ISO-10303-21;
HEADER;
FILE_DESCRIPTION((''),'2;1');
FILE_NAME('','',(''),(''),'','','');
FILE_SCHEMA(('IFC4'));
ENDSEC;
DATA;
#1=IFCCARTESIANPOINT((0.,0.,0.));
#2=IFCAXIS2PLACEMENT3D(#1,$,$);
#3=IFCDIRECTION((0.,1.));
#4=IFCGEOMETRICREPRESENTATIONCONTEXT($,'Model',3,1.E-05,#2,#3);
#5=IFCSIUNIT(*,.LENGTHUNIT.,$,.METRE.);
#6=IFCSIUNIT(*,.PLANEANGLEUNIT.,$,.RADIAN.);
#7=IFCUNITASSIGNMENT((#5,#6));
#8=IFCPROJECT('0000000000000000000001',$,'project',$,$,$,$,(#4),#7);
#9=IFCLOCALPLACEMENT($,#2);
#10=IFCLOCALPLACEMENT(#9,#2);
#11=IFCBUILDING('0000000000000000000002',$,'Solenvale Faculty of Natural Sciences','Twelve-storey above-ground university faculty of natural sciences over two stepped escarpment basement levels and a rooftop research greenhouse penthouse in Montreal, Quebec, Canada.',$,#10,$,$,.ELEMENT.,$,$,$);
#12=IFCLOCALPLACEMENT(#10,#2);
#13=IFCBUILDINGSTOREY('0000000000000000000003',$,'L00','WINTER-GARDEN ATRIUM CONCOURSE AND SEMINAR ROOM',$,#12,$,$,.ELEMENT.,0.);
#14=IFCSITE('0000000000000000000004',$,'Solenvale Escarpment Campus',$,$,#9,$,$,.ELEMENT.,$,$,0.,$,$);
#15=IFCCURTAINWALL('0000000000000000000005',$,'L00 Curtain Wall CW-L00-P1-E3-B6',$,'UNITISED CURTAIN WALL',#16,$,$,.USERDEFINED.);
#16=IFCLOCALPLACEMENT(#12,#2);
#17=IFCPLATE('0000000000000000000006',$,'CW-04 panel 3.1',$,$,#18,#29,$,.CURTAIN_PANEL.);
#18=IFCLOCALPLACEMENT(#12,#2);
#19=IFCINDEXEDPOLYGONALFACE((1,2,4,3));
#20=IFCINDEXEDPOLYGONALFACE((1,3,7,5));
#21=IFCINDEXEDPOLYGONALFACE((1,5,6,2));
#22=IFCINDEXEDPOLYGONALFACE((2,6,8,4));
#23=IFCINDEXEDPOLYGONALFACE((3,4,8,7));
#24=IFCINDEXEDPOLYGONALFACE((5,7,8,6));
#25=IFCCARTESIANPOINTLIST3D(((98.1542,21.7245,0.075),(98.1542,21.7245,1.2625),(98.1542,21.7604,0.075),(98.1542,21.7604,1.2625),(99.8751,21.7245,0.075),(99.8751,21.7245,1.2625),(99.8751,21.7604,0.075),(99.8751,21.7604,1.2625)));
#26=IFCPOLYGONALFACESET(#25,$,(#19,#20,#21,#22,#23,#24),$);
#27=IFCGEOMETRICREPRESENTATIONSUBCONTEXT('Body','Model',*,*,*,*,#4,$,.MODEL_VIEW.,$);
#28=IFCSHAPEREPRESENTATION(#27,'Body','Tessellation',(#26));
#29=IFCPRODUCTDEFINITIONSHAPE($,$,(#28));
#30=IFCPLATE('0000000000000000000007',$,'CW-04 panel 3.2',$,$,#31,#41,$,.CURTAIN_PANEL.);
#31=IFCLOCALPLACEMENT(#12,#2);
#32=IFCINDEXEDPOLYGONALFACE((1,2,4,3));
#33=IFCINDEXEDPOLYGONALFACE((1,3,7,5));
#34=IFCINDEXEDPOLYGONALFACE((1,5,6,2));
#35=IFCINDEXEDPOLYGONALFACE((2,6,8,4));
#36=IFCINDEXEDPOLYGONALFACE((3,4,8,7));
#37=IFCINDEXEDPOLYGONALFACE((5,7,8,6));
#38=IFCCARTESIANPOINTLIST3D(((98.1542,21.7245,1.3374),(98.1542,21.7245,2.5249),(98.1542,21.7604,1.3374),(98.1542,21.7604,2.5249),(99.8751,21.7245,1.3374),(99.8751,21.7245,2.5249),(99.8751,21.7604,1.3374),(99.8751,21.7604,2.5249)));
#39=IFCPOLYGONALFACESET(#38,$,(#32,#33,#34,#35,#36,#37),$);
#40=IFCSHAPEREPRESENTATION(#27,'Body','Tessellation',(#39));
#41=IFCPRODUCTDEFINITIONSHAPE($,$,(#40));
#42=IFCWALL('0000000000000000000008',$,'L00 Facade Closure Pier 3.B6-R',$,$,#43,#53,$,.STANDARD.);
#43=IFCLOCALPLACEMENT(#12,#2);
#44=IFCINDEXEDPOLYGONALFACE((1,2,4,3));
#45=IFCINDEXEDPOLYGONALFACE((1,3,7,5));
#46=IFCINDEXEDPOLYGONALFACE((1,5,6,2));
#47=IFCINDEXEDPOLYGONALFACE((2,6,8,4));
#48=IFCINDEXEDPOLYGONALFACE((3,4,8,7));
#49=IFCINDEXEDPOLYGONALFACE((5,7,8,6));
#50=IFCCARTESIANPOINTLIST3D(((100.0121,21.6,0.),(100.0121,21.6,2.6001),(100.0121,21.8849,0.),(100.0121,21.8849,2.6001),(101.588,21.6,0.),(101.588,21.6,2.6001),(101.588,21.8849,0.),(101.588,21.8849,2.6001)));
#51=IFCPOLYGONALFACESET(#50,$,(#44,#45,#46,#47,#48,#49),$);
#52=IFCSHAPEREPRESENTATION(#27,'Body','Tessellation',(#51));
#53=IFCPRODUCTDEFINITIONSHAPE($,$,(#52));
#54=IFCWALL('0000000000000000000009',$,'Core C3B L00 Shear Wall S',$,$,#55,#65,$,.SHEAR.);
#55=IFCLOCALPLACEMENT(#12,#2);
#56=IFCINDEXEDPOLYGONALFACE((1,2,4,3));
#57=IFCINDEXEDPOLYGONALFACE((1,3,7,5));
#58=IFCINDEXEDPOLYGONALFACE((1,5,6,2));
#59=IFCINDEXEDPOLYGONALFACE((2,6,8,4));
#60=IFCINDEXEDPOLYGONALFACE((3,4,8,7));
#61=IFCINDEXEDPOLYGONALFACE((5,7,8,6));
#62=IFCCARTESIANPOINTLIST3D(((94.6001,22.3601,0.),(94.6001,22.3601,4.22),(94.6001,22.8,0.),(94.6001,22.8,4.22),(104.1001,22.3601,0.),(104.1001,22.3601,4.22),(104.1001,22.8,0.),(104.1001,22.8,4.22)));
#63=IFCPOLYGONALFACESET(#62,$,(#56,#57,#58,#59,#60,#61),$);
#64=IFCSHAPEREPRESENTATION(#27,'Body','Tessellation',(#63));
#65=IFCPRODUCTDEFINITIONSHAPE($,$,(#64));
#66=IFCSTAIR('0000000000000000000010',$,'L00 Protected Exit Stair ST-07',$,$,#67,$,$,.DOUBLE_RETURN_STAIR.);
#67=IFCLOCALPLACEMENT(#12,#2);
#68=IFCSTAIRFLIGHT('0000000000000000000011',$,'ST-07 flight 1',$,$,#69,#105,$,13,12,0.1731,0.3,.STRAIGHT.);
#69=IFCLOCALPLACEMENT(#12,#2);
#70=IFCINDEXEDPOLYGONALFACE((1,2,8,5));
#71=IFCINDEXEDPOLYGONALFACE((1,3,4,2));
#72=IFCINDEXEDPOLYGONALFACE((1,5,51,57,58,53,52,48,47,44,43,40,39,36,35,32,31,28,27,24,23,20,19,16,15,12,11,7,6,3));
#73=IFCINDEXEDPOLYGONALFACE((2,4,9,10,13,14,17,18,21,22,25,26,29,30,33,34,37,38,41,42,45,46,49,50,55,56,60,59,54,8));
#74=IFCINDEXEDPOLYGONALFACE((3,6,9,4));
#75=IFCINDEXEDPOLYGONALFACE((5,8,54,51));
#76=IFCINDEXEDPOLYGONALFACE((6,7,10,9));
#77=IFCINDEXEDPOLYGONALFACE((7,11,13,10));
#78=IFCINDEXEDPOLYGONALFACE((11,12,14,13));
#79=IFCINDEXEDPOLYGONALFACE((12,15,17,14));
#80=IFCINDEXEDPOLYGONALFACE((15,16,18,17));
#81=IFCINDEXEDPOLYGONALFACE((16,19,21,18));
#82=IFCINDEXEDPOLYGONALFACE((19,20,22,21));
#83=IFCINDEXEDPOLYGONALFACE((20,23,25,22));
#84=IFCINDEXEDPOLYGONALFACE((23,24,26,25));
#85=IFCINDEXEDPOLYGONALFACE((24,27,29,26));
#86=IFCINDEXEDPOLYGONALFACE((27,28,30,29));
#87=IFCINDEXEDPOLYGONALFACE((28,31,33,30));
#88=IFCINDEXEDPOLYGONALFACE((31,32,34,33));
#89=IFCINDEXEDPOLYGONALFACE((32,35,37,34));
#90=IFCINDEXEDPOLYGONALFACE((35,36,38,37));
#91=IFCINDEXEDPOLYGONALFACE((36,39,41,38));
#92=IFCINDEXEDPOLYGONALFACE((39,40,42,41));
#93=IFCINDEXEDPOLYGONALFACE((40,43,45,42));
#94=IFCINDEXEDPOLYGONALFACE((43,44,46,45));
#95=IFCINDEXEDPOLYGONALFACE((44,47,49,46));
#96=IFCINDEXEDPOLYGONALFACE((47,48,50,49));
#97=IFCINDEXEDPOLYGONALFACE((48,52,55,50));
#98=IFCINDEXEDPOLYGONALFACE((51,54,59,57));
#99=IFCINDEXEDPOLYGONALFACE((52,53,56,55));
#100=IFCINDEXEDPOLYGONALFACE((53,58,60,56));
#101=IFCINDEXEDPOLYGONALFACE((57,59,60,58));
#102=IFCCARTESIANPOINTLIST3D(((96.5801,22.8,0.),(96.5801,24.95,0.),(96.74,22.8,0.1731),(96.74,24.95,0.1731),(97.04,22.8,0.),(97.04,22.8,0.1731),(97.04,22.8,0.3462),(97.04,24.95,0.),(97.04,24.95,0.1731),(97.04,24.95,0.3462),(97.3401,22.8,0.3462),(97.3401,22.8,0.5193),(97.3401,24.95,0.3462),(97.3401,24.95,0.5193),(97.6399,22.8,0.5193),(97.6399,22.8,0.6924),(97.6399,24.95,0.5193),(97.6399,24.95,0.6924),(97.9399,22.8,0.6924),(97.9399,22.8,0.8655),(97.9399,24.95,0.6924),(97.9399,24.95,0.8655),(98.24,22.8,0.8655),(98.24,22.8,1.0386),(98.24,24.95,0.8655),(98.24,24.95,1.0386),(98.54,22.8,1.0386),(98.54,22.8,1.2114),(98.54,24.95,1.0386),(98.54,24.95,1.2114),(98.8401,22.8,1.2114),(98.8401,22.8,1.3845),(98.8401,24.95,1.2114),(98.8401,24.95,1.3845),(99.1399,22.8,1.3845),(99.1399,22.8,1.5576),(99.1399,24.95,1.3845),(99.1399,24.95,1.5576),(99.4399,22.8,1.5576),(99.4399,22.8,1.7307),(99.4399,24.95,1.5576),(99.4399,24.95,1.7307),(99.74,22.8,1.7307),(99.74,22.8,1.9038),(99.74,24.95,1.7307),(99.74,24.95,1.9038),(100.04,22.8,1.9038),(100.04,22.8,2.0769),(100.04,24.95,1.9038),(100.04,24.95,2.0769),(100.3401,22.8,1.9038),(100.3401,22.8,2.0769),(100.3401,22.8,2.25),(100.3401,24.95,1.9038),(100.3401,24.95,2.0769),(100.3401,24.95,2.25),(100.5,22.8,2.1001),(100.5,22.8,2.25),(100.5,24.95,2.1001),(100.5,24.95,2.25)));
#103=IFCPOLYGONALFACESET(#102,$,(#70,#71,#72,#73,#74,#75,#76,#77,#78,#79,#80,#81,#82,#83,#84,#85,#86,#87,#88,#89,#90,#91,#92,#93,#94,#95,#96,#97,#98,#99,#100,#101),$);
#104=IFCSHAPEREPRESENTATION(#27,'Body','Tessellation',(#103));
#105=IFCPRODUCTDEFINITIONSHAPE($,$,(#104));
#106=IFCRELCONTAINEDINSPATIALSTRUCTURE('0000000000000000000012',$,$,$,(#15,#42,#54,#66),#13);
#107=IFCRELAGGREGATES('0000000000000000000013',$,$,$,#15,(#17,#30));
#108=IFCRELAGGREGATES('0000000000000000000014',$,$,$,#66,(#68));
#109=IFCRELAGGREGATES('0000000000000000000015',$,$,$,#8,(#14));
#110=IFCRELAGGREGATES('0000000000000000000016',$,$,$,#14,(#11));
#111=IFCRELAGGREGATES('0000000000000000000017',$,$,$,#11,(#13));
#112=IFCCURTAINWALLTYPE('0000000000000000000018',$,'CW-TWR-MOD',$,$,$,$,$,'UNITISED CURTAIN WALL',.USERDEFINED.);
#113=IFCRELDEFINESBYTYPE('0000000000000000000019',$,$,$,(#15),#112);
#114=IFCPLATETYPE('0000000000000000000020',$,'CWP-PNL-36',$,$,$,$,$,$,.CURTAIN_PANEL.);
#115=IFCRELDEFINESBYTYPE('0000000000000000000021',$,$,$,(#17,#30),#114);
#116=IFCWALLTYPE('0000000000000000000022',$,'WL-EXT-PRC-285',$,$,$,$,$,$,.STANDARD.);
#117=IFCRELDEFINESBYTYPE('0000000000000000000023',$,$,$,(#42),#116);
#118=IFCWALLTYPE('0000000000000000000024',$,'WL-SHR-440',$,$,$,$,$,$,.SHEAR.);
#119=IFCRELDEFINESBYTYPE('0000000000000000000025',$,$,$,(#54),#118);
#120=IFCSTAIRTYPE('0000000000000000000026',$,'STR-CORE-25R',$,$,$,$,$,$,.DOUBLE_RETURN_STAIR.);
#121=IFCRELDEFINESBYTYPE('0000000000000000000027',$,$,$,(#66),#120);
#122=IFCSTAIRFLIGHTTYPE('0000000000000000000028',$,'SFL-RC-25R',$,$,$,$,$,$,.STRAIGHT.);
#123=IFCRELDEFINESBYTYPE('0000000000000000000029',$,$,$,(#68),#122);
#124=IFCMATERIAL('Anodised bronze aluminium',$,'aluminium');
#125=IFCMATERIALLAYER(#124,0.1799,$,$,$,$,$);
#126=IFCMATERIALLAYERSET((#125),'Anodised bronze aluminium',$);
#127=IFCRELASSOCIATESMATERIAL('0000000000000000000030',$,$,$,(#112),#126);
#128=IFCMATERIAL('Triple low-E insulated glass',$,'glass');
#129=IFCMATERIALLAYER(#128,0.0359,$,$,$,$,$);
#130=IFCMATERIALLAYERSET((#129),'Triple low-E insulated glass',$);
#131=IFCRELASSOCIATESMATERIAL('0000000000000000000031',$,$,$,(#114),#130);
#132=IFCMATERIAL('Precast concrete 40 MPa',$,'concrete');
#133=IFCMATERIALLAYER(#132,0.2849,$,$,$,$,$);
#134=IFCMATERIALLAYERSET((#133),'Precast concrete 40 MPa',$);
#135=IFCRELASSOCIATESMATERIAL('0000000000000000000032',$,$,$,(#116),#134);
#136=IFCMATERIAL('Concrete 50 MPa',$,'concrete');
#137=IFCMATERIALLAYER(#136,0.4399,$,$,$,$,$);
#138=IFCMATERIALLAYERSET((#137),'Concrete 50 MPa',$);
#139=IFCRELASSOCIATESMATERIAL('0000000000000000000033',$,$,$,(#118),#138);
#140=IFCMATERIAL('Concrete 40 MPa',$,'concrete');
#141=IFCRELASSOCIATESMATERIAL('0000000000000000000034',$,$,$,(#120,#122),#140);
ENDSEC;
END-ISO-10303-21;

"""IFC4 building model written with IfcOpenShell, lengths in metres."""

from ifc_helpers import new_model, si_unit, direction, frame, frame_2d, origin, origin_2d, place, context, subcontext, project, spatial, polyline, rectangle, outline, extrude, material, layer, layer_set, type_object, element, aggregate, save


model = new_model("IFC4")

# Units and contexts
model_context = context("Model", 3, precision=1e-05, world=origin(), true_north=direction((0.0, 1.0)))
body_context = subcontext(model_context, "Body", "Model", "MODEL_VIEW")
ifc_project = project(units=[si_unit("LENGTHUNIT", "METRE"), si_unit("PLANEANGLEUNIT", "RADIAN")], contexts=[model_context])

# Site, building, storey
site_placement = place(None, origin())
site = spatial("IfcSite", under=ifc_project, at=site_placement, Name="Solenvale Escarpment Campus", CompositionType="ELEMENT", RefElevation=0.0)
building_placement = place(site_placement, origin())
building = spatial("IfcBuilding", under=site, at=building_placement, Name="Solenvale Faculty of Natural Sciences", Description="Twelve-storey above-ground university faculty of natural sciences over two stepped escarpment basement levels and a rooftop research greenhouse penthouse in Montreal, Quebec, Canada.", CompositionType="ELEMENT")
storey_placement = place(building_placement, origin())
storey = spatial("IfcBuildingStorey", under=building, at=storey_placement, Name="L00", Description="WINTER-GARDEN ATRIUM CONCOURSE AND SEMINAR ROOM", CompositionType="ELEMENT", Elevation=0.0)

# Shared definitions
ifc_material_1 = material(Name="Concrete 50 MPa", Category="concrete")

# Curtain wall, plates
ifc_material_2 = material(Name="Anodised bronze aluminium", Category="aluminium")
ifc_layer_1 = layer(ifc_material_2, 0.1799)
ifc_layer_set_1 = layer_set([ifc_layer_1], Name="Anodised bronze aluminium")
curtain_wall_type = type_object("IfcCurtainWallType", Name="CW-TWR-MOD", ElementType="UNITISED CURTAIN WALL", PredefinedType="USERDEFINED", material=ifc_layer_set_1)
curtain_wall_placement = place(storey_placement, origin())
curtain_wall = element("IfcCurtainWall", 1, at=curtain_wall_placement, inside=storey, type_object=curtain_wall_type, Name="L00 Curtain Wall CW-L00-P1-E3-B6", ObjectType="UNITISED CURTAIN WALL", PredefinedType="USERDEFINED")
ifc_material_3 = material(Name="Triple low-E insulated glass", Category="glass")
ifc_layer_2 = layer(ifc_material_3, 0.0359)
ifc_layer_set_2 = layer_set([ifc_layer_2], Name="Triple low-E insulated glass")
plate_type = type_object("IfcPlateType", Name="CWP-PNL-36", PredefinedType="CURTAIN_PANEL", material=ifc_layer_set_2)
plate_1_placement = place(storey_placement, frame((99.0146, 21.7424, 0.075), z_axis=(0.0, 0.0, 1.0), x_axis=(1.0, 0.0, 0.0)))
plate_1 = element("IfcPlate", 2, at=plate_1_placement, type_object=plate_type, Name="CW-04 panel 3.1", PredefinedType="CURTAIN_PANEL", context=body_context, shape_type="SweptSolid", body=[
    extrude(rectangle(XDim=1.7209, YDim=0.0359, at=origin_2d()), origin(), (0.0, 0.0, 1.0), 1.1875),
])
plate_2_placement = place(storey_placement, frame((99.0146, 21.7424, 1.3374), z_axis=(0.0, 0.0, 1.0), x_axis=(1.0, 0.0, 0.0)))
plate_2 = element("IfcPlate", 3, at=plate_2_placement, type_object=plate_type, Name="CW-04 panel 3.2", PredefinedType="CURTAIN_PANEL", context=body_context, shape_type="SweptSolid", body=[
    extrude(rectangle(XDim=1.7209, YDim=0.0359, at=origin_2d()), origin(), (0.0, 0.0, 1.0), 1.1875),
])
aggregate(curtain_wall, [plate_1, plate_2])

# Walls
ifc_material_4 = material(Name="Precast concrete 40 MPa", Category="concrete")
ifc_layer_3 = layer(ifc_material_4, 0.2849)
ifc_layer_set_3 = layer_set([ifc_layer_3], Name="Precast concrete 40 MPa")
wall_type_1 = type_object("IfcWallType", Name="WL-EXT-PRC-285", PredefinedType="STANDARD", material=ifc_layer_set_3)
wall_1_placement = place(storey_placement, frame((100.012, 21.7424, 0.0), z_axis=(0.0, 0.0, 1.0), x_axis=(1.0, 0.0, 0.0)))
element("IfcWall", 4, at=wall_1_placement, inside=storey, type_object=wall_type_1, Name="L00 Facade Closure Pier 3.B6-R", PredefinedType="STANDARD", context=body_context, shape_type="SweptSolid", body=[
    extrude(rectangle(XDim=1.5759, YDim=0.2849, at=frame_2d((0.7881, 0.0))), origin(), (0.0, 0.0, 1.0), 2.6001),
])
ifc_layer_4 = layer(ifc_material_1, 0.4399)
ifc_layer_set_4 = layer_set([ifc_layer_4], Name="Concrete 50 MPa")
wall_type_2 = type_object("IfcWallType", Name="WL-SHR-440", PredefinedType="SHEAR", material=ifc_layer_set_4)
wall_2_placement = place(storey_placement, frame((94.6001, 22.5801, 0.0), z_axis=(0.0, 0.0, 1.0), x_axis=(1.0, 0.0, 0.0)))
element("IfcWall", 5, at=wall_2_placement, inside=storey, type_object=wall_type_2, Name="Core C3B L00 Shear Wall S", PredefinedType="SHEAR", context=body_context, shape_type="SweptSolid", body=[
    extrude(rectangle(XDim=9.5, YDim=0.4399, at=frame_2d((4.75, 0.0))), origin(), (0.0, 0.0, 1.0), 4.22),
])

# Stair, stair flight
ifc_material_5 = material(Name="Concrete 40 MPa", Category="concrete")
stair_type = type_object("IfcStairType", Name="STR-CORE-25R", PredefinedType="DOUBLE_RETURN_STAIR", material=ifc_material_5)
stair_placement = place(storey_placement, origin())
stair = element("IfcStair", 6, at=stair_placement, inside=storey, type_object=stair_type, Name="L00 Protected Exit Stair ST-07", PredefinedType="DOUBLE_RETURN_STAIR")
stair_flight_type = type_object("IfcStairFlightType", Name="SFL-RC-25R", PredefinedType="STRAIGHT", material=ifc_material_5)
stair_flight_placement = place(storey_placement, frame((96.74, 23.875, 0.0), z_axis=(0.0, 0.0, 1.0), x_axis=(1.0, 0.0, 0.0)))
stair_flight = element("IfcStairFlight", 7, at=stair_flight_placement, type_object=stair_flight_type, Name="ST-07 flight 1", NumberOfRisers=13, NumberOfTreads=12, PredefinedType="STRAIGHT", RiserHeight=0.1731, TreadLength=0.3, context=body_context, shape_type="SweptSolid", body=[
    extrude(outline(polyline([(-0.1599, 0.0), (0.0, 0.1731), (0.3, 0.1731), (0.3, 0.3462), (0.6001, 0.3462), (0.6001, 0.5193), (0.8999, 0.5193), (0.8999, 0.6924), (1.2, 0.6924), (1.2, 0.8655), (1.5, 0.8655), (1.5, 1.0386), (1.8, 1.0386), (1.8, 1.2114), (2.1001, 1.2114), (2.1001, 1.3845), (2.3999, 1.3845), (2.3999, 1.5576), (2.7, 1.5576), (2.7, 1.7307), (3.0, 1.7307), (3.0, 1.9038), (3.3, 1.9038), (3.3, 2.0769), (3.6001, 2.0769), (3.6001, 2.25), (3.76, 2.25), (3.76, 2.1001), (3.6001, 1.9038), (0.3, 0.0), (-0.1599, 0.0)])), frame((0.0, 1.075, 0.0), z_axis=(0.0, -1.0, 0.0), x_axis=(1.0, 0.0, 0.0)), (0.0, 0.0, 1.0), 2.1499),
])
aggregate(stair, [stair_flight])

save(model, "model.ifc")
